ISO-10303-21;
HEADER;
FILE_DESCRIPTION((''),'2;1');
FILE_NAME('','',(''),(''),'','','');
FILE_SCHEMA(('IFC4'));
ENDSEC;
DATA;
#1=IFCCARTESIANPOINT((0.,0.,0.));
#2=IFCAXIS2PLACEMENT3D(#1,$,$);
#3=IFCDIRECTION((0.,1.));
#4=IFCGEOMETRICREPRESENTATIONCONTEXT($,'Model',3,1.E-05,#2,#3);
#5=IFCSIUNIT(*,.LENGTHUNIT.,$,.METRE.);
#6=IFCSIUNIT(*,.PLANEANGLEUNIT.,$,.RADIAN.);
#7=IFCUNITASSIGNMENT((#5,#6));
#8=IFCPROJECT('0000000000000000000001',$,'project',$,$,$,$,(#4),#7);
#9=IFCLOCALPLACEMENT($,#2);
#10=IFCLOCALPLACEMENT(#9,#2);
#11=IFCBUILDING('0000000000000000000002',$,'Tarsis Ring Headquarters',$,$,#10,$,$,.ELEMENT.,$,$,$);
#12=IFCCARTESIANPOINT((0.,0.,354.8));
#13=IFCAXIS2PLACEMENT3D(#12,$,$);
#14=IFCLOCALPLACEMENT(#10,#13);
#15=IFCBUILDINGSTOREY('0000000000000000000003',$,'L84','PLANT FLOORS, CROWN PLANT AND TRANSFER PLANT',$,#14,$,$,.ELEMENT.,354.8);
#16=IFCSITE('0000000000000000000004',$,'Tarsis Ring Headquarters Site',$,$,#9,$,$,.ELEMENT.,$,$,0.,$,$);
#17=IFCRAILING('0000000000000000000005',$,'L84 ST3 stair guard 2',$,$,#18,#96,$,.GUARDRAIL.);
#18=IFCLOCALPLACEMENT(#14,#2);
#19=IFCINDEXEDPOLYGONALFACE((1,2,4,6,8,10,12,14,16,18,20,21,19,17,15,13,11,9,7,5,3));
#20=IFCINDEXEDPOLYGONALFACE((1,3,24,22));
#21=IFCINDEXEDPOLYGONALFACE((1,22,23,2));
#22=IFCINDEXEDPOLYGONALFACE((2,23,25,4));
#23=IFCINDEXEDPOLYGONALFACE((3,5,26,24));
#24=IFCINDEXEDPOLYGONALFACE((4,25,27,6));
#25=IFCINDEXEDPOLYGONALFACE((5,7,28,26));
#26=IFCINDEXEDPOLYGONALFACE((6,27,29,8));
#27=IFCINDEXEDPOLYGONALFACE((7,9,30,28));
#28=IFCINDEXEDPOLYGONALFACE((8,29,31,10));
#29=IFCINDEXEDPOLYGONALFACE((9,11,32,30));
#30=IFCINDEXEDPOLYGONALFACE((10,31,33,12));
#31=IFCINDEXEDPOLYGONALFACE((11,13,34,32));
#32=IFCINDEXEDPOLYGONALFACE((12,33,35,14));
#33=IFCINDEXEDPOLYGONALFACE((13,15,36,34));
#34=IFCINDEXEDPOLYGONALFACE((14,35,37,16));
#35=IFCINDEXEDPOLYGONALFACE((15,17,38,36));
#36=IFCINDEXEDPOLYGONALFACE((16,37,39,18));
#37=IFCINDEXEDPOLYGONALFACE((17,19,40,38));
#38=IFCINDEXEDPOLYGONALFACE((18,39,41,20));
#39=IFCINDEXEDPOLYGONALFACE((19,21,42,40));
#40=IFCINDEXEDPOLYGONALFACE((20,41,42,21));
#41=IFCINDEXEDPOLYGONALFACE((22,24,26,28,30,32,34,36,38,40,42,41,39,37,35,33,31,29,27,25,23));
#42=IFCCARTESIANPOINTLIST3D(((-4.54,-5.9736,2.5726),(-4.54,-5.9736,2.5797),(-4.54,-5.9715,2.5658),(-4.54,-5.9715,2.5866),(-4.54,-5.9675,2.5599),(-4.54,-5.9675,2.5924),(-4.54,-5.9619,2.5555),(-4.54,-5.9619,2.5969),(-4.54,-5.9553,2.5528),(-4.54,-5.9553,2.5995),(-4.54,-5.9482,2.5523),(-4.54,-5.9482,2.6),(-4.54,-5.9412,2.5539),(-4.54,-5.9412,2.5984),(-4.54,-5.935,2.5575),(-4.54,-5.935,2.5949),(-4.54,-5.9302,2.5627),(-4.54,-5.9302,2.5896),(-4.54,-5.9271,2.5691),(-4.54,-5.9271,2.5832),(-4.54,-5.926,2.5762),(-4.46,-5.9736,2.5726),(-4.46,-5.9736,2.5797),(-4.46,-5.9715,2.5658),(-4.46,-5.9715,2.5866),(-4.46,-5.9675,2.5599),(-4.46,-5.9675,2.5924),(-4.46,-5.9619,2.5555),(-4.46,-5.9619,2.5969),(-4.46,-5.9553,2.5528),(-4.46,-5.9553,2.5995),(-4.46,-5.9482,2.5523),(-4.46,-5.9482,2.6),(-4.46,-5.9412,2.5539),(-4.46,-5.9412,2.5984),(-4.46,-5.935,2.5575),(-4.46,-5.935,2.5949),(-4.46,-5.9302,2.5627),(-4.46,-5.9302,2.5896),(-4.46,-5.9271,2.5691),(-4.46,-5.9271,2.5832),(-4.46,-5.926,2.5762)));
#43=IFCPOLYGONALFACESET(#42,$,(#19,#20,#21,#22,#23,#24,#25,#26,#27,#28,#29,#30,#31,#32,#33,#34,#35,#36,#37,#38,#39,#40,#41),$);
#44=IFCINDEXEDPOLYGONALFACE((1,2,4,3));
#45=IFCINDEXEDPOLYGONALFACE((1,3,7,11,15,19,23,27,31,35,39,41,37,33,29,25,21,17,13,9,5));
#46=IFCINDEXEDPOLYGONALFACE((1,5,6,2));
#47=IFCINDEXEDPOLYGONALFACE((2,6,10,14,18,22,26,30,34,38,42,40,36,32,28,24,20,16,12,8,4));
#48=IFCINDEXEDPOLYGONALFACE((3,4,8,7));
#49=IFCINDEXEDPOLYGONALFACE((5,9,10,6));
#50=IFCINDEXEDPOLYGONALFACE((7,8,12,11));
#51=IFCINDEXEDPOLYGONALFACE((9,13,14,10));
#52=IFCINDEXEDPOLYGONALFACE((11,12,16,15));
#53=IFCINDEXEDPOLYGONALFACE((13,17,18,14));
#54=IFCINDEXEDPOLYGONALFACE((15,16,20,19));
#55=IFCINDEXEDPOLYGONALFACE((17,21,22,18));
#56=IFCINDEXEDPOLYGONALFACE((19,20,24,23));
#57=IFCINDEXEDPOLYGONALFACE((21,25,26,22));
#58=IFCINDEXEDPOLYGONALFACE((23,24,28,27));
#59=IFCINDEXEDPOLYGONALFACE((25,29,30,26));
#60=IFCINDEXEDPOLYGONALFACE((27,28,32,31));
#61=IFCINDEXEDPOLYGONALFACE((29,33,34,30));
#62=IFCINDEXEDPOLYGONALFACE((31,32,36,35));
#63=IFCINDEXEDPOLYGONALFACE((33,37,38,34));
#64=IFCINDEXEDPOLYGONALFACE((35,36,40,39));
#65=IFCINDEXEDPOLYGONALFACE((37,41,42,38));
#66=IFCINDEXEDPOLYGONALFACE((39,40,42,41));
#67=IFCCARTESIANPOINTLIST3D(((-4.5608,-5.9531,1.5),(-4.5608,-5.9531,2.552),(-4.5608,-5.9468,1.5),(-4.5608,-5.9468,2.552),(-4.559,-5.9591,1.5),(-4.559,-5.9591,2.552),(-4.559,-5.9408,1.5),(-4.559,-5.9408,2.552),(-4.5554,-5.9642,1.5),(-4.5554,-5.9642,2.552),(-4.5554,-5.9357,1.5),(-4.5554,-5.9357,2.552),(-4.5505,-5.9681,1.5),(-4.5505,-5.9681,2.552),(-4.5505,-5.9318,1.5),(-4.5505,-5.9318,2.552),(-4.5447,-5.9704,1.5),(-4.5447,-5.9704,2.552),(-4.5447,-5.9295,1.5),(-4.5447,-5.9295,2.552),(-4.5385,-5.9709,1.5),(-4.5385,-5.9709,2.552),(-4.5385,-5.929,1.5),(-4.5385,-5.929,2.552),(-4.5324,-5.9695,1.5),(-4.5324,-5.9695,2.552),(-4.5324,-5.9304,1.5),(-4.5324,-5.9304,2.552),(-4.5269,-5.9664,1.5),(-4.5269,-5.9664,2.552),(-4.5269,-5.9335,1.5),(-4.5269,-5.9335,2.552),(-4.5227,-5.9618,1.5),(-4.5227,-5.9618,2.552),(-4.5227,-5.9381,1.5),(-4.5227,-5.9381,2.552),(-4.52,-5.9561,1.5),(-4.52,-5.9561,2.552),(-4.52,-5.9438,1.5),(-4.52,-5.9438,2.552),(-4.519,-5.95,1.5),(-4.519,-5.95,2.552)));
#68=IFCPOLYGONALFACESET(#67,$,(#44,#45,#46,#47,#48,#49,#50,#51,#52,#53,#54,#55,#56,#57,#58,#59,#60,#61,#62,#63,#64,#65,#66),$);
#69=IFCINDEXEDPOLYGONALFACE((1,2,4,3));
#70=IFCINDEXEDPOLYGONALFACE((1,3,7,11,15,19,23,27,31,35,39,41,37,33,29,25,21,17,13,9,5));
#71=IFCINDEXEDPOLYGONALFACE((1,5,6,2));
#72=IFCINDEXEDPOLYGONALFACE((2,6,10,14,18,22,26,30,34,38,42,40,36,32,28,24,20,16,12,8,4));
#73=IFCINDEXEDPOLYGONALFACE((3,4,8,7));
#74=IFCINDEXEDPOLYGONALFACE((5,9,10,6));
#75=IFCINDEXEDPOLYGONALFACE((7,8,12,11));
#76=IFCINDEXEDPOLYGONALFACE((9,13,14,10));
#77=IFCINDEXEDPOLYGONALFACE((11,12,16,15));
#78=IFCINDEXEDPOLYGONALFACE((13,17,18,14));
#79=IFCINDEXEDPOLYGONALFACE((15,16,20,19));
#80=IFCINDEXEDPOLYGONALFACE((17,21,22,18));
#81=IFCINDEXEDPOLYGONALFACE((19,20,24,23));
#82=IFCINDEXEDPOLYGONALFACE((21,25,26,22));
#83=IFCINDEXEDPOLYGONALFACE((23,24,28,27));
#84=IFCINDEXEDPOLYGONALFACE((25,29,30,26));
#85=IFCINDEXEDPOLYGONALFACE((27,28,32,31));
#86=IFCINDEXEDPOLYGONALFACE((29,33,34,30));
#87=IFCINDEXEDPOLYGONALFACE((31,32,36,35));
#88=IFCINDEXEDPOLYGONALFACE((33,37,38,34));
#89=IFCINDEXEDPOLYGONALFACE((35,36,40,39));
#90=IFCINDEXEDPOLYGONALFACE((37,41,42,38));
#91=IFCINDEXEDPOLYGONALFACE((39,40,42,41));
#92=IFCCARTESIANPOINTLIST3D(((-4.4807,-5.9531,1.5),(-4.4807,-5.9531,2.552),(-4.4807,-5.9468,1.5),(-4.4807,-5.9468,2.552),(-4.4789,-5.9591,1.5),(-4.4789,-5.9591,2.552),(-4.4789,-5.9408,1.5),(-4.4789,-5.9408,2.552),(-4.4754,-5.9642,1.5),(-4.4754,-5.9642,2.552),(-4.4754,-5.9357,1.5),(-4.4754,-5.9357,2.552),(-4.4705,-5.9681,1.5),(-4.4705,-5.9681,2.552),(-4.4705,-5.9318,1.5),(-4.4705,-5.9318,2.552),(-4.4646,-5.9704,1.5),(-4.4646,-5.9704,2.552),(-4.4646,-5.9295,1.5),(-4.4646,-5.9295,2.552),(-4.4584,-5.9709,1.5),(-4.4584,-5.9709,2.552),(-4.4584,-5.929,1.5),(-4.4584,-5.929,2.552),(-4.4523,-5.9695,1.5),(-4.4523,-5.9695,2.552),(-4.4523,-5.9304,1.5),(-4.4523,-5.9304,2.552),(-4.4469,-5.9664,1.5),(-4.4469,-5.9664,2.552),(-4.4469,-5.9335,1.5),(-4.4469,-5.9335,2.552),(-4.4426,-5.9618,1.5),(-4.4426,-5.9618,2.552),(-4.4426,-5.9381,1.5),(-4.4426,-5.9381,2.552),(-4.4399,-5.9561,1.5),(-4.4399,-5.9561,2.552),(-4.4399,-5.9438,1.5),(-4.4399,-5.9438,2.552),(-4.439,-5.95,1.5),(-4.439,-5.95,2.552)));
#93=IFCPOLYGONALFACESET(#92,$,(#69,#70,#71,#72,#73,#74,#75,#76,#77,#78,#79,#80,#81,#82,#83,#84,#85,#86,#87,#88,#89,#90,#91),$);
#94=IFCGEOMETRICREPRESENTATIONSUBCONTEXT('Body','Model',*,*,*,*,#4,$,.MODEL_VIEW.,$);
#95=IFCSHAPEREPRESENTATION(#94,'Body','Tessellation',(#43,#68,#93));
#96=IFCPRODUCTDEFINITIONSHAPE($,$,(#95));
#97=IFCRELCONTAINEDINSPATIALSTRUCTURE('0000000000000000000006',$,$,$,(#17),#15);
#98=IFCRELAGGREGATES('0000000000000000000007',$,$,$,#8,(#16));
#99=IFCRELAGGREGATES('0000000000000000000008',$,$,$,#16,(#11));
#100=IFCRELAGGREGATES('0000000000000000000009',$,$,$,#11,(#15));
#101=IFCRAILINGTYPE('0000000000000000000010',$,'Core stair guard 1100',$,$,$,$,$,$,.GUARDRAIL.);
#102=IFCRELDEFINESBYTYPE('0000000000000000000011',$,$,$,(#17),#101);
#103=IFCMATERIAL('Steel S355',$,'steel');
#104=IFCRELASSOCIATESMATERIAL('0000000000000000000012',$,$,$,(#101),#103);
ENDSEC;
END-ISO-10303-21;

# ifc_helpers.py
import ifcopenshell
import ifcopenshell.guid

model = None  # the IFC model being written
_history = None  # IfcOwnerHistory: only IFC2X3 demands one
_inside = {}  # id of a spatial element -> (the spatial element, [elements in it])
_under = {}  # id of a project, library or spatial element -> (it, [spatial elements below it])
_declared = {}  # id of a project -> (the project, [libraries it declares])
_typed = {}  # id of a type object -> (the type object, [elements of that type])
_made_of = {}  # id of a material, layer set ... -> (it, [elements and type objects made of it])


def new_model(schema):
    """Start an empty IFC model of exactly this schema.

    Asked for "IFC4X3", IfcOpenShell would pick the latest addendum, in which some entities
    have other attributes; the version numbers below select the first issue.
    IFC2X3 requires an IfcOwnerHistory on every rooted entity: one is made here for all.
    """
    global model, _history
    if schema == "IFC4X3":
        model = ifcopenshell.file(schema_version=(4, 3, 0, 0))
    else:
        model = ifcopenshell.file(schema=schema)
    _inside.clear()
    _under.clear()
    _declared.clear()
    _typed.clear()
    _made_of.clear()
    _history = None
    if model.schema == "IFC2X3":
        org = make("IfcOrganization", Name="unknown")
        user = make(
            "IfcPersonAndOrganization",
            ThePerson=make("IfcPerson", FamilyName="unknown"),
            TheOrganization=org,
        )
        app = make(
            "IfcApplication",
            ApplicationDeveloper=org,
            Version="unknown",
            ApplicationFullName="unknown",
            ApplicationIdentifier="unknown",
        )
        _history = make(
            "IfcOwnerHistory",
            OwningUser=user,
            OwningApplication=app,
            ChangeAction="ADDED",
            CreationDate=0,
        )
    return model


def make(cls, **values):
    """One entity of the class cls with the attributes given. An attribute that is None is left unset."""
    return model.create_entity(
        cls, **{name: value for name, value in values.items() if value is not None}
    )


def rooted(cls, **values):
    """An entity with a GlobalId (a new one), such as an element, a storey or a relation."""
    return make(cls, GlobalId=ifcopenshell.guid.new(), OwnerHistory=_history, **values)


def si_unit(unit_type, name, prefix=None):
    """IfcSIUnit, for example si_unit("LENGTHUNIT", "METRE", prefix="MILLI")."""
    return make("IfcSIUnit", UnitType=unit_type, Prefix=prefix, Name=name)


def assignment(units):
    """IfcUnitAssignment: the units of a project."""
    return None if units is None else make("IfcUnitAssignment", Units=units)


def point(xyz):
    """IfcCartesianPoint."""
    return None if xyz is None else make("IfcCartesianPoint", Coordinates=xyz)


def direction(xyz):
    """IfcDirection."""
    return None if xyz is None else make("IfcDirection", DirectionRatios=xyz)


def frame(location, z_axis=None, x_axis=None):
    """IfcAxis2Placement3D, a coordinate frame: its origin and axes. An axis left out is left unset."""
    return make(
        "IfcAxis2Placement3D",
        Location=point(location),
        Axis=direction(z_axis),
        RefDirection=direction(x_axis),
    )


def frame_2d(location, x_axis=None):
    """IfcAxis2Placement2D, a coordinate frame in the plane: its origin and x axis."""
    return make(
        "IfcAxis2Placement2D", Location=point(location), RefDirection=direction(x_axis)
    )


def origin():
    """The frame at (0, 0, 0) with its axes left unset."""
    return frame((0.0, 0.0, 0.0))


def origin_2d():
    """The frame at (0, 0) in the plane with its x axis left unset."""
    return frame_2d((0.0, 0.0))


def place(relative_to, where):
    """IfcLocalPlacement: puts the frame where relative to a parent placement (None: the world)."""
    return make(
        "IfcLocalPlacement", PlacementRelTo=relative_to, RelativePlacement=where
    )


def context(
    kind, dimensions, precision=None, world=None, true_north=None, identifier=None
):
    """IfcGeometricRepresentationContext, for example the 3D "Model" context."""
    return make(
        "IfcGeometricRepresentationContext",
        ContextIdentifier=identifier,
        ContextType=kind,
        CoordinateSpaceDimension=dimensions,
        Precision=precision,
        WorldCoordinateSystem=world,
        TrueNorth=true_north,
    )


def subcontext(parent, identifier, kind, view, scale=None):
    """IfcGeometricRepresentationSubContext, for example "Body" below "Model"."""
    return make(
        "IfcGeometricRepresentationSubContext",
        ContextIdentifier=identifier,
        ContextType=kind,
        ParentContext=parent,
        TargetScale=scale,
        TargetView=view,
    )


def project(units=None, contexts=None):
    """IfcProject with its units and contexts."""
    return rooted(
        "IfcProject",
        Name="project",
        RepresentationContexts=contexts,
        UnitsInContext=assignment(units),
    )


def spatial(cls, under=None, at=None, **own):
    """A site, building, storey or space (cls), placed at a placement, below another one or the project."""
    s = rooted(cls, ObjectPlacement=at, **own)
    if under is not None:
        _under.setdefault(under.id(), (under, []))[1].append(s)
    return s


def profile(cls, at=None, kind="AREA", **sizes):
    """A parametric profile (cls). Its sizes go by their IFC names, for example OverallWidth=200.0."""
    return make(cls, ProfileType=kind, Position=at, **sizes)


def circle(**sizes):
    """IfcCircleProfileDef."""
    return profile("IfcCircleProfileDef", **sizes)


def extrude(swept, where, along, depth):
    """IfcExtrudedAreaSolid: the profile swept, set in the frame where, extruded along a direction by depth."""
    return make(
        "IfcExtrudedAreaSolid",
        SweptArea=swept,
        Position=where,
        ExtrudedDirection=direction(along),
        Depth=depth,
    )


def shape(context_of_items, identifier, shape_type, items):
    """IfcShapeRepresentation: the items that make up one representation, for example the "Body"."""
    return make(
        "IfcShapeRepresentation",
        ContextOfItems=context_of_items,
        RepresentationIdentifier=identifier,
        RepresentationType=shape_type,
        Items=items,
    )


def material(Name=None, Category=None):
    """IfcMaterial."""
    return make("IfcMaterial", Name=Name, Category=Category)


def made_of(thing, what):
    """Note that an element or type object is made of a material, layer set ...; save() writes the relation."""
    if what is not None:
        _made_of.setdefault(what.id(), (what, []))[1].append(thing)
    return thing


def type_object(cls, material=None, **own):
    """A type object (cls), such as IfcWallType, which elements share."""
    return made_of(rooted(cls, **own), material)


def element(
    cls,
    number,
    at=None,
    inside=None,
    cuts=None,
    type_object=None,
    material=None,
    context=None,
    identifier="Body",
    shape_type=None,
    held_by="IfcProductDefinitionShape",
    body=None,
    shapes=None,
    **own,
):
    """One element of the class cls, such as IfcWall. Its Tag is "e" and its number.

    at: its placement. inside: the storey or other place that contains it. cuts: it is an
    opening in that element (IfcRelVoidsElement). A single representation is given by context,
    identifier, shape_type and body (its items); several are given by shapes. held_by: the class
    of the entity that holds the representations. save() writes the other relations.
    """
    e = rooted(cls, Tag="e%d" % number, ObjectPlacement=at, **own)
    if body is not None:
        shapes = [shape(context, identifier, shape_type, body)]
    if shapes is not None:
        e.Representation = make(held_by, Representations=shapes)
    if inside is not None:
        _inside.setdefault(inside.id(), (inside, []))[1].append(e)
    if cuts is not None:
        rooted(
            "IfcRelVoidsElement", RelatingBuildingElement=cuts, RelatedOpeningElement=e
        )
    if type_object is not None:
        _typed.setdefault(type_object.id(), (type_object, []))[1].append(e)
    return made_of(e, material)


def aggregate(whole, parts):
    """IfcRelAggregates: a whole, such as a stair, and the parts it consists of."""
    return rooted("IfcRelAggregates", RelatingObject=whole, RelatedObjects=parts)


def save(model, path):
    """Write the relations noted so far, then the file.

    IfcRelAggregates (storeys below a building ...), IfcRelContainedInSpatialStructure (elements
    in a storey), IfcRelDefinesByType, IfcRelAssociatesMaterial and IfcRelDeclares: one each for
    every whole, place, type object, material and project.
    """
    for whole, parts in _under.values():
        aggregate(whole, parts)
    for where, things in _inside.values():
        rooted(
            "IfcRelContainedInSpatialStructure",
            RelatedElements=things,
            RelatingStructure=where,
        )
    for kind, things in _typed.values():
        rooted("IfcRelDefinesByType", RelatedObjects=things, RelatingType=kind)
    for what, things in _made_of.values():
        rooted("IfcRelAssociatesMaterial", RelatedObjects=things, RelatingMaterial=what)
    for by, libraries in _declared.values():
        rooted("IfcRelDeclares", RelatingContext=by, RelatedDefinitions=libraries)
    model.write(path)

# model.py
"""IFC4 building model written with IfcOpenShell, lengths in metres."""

from ifc_helpers import new_model, si_unit, direction, frame, origin, origin_2d, place, context, subcontext, project, spatial, circle, extrude, material, type_object, element, save


model = new_model("IFC4")

# Units and contexts
model_context = context("Model", 3, precision=1e-05, world=origin(), true_north=direction((0.0, 1.0)))
body_context = subcontext(model_context, "Body", "Model", "MODEL_VIEW")
ifc_project = project(units=[si_unit("LENGTHUNIT", "METRE"), si_unit("PLANEANGLEUNIT", "RADIAN")], contexts=[model_context])

# Site, building, storey
site_placement = place(None, origin())
site = spatial("IfcSite", under=ifc_project, at=site_placement, Name="Tarsis Ring Headquarters Site", CompositionType="ELEMENT", RefElevation=0.0)
building_placement = place(site_placement, origin())
building = spatial("IfcBuilding", under=site, at=building_placement, Name="Tarsis Ring Headquarters", CompositionType="ELEMENT")
storey_placement = place(building_placement, frame((0.0, 0.0, 354.8)))
storey = spatial("IfcBuildingStorey", under=building, at=storey_placement, Name="L84", Description="PLANT FLOORS, CROWN PLANT AND TRANSFER PLANT", CompositionType="ELEMENT", Elevation=354.8)

# Railing
ifc_material_1 = material(Name="Steel S355", Category="steel")
railing_type_1 = type_object("IfcRailingType", Name="Core stair guard 1100", PredefinedType="GUARDRAIL", material=ifc_material_1)
railing_1_placement = place(storey_placement, frame((-4.54, -5.95, 1.5)))
element("IfcRailing", 1, at=railing_1_placement, inside=storey, type_object=railing_type_1, Name="L84 ST3 stair guard 2", PredefinedType="GUARDRAIL", context=body_context, shape_type="SweptSolid", body=[
    extrude(circle(Radius=0.0239, at=origin_2d()), frame((0.0, 0.0, 1.0762), z_axis=(1.0, 0.0, 0.0), x_axis=(0.0, 1.0, 0.0)), (0.0, 0.0, 1.0), 0.0801),
    extrude(circle(Radius=0.021, at=origin_2d()), origin(), (0.0, 0.0, 1.0), 1.052),
    extrude(circle(Radius=0.021, at=origin_2d()), frame((0.0801, 0.0, 0.0)), (0.0, 0.0, 1.0), 1.052),
])

save(model, "model.ifc")
